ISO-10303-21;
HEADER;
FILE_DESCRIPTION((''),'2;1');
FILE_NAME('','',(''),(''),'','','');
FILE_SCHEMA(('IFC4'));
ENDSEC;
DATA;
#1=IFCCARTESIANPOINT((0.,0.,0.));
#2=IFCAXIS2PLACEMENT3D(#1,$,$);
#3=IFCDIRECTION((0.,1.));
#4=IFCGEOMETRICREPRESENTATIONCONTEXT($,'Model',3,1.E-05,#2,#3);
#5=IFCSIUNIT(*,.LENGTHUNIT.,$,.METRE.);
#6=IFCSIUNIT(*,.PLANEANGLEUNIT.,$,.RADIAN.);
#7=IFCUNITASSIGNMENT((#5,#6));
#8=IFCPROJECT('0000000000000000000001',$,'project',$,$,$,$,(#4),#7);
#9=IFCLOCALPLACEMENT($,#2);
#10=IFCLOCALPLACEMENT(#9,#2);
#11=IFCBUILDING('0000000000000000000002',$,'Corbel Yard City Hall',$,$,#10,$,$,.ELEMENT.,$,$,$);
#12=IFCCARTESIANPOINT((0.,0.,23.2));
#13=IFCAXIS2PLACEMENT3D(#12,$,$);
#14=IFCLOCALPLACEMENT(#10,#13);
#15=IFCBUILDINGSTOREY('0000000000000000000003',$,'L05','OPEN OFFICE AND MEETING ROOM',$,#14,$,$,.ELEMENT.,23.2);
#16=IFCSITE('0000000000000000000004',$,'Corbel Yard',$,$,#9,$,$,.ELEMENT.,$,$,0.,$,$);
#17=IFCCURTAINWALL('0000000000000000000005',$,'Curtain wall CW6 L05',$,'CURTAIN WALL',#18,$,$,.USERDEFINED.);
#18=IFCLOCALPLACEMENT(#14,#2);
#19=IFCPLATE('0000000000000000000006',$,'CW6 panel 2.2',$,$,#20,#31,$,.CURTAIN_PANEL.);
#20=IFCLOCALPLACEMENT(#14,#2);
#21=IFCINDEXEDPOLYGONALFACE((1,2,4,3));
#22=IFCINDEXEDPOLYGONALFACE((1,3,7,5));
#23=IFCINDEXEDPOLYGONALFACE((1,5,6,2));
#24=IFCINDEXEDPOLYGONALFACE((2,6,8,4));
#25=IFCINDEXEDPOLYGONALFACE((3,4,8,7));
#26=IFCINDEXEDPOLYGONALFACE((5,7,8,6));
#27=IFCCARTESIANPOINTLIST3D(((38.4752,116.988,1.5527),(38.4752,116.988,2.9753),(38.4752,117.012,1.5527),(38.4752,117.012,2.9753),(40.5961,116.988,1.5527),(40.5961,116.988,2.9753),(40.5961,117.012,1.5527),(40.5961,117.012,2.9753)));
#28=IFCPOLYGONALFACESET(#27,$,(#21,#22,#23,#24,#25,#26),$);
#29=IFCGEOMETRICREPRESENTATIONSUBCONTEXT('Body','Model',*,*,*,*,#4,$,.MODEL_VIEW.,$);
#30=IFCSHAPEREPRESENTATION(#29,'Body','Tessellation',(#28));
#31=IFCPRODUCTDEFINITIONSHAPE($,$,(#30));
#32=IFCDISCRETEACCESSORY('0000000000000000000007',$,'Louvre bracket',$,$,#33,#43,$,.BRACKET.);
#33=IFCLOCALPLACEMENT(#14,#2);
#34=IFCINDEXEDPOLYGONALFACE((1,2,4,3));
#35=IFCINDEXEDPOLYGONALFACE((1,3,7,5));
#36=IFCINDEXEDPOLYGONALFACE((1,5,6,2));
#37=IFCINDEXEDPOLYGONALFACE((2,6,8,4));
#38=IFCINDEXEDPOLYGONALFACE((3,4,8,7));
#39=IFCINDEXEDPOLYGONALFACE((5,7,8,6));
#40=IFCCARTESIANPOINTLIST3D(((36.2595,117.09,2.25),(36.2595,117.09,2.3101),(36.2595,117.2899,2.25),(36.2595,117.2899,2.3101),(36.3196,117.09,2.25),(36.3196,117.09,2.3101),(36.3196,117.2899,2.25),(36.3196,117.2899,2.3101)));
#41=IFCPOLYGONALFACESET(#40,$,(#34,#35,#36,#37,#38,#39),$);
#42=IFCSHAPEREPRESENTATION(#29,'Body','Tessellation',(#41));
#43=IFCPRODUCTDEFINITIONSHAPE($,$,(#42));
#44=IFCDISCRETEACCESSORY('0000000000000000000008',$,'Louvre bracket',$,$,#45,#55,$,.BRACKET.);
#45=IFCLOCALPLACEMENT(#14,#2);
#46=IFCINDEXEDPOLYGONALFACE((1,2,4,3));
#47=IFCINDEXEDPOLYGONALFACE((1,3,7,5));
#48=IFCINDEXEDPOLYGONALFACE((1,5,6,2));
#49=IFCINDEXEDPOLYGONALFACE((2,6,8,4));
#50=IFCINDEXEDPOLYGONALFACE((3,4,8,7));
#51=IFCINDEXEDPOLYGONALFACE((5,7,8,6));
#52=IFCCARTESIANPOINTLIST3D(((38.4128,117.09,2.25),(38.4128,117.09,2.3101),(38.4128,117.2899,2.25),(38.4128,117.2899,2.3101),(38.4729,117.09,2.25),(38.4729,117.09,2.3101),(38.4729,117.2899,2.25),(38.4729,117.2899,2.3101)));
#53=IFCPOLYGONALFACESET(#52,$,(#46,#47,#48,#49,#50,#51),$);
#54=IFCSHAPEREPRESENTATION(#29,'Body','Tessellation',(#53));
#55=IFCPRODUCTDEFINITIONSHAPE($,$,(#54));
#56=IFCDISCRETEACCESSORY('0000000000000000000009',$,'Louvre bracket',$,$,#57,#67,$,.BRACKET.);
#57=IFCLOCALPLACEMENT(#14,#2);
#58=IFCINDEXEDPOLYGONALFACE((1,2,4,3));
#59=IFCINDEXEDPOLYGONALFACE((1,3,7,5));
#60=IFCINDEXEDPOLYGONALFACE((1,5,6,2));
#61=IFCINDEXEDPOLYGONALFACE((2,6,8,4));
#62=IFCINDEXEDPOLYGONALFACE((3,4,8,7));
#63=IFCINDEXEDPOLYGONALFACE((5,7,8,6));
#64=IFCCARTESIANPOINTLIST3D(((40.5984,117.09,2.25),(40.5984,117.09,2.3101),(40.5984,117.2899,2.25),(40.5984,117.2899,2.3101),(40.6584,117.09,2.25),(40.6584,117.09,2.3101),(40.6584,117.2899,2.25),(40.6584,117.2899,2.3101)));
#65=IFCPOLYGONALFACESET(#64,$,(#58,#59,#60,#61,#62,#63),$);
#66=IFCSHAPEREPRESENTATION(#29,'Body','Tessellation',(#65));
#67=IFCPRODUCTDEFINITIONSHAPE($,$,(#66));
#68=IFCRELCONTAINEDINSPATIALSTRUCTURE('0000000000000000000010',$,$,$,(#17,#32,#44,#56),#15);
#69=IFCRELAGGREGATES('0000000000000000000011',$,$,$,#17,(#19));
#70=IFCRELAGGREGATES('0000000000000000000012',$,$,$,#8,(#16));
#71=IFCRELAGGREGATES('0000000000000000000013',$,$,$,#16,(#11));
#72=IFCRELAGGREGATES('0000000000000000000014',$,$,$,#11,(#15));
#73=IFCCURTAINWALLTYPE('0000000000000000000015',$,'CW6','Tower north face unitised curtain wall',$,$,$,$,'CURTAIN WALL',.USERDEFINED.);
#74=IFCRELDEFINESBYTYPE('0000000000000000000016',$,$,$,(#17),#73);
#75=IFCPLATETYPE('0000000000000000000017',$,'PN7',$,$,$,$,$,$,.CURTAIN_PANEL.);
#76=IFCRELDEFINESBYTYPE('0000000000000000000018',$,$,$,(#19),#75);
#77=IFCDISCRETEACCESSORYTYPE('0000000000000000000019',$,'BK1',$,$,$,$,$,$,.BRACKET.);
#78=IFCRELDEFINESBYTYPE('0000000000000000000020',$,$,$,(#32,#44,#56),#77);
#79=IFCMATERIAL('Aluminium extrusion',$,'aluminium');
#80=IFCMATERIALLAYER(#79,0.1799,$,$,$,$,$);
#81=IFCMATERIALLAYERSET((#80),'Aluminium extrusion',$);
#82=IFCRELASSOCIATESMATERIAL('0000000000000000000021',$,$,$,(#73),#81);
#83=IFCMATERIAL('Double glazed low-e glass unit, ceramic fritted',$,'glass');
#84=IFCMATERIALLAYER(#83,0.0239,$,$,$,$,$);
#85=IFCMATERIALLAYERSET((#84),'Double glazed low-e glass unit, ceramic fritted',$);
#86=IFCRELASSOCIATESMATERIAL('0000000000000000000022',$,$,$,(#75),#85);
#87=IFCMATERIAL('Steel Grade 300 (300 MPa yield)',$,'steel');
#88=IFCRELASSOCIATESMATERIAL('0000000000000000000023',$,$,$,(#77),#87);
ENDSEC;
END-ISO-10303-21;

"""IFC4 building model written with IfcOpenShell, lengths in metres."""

from ifc_helpers import new_model, si_unit, direction, frame, origin, origin_2d, place, context, subcontext, project, spatial, rectangle, extrude, material, layer, layer_set, type_object, element, aggregate, save


model = new_model("IFC4")

# Units and contexts
model_context = context("Model", 3, precision=1e-05, world=origin(), true_north=direction((0.0, 1.0)))
body_context = subcontext(model_context, "Body", "Model", "MODEL_VIEW")
ifc_project = project(units=[si_unit("LENGTHUNIT", "METRE"), si_unit("PLANEANGLEUNIT", "RADIAN")], contexts=[model_context])

# Site, building, storey
site_placement = place(None, origin())
site = spatial("IfcSite", under=ifc_project, at=site_placement, Name="Corbel Yard", CompositionType="ELEMENT", RefElevation=0.0)
building_placement = place(site_placement, origin())
building = spatial("IfcBuilding", under=site, at=building_placement, Name="Corbel Yard City Hall", CompositionType="ELEMENT")
storey_placement = place(building_placement, frame((0.0, 0.0, 23.2)))
storey = spatial("IfcBuildingStorey", under=building, at=storey_placement, Name="L05", Description="OPEN OFFICE AND MEETING ROOM", CompositionType="ELEMENT", Elevation=23.2)

# Curtain wall, plate
ifc_material_1 = material(Name="Aluminium extrusion", Category="aluminium")
ifc_layer_1 = layer(ifc_material_1, 0.1799)
ifc_layer_set_1 = layer_set([ifc_layer_1], Name="Aluminium extrusion")
curtain_wall_type = type_object("IfcCurtainWallType", Name="CW6", Description="Tower north face unitised curtain wall", ElementType="CURTAIN WALL", PredefinedType="USERDEFINED", material=ifc_layer_set_1)
curtain_wall_placement = place(storey_placement, origin())
curtain_wall = element("IfcCurtainWall", 1, at=curtain_wall_placement, inside=storey, type_object=curtain_wall_type, Name="Curtain wall CW6 L05", ObjectType="CURTAIN WALL", PredefinedType="USERDEFINED")
ifc_material_2 = material(Name="Double glazed low-e glass unit, ceramic fritted", Category="glass")
ifc_layer_2 = layer(ifc_material_2, 0.0239)
ifc_layer_set_2 = layer_set([ifc_layer_2], Name="Double glazed low-e glass unit, ceramic fritted")
plate_type = type_object("IfcPlateType", Name="PN7", PredefinedType="CURTAIN_PANEL", material=ifc_layer_set_2)
plate_1_placement = place(storey_placement, frame((39.5356, 117.0, 1.5527), z_axis=(0.0, 0.0, 1.0), x_axis=(1.0, 0.0, 0.0)))
plate_1 = element("IfcPlate", 2, at=plate_1_placement, type_object=plate_type, Name="CW6 panel 2.2", PredefinedType="CURTAIN_PANEL", context=body_context, shape_type="SweptSolid", body=[
    extrude(rectangle(XDim=2.1208, YDim=0.0239, at=origin_2d()), origin(), (0.0, 0.0, 1.0), 1.4226),
])
aggregate(curtain_wall, [plate_1])

# Discrete accessories
ifc_material_3 = material(Name="Steel Grade 300 (300 MPa yield)", Category="steel")
discrete_accessory_type = type_object("IfcDiscreteAccessoryType", Name="BK1", PredefinedType="BRACKET", material=ifc_material_3)
for number, where, z_axis, x_axis, name in (
    (3, (36.2896, 117.1899, 2.25), (0.0, 0.0, 1.0), (1.0, 0.0, 0.0), "Louvre bracket"),
    (4, (38.4429, 117.1899, 2.25), (0.0, 0.0, 1.0), (1.0, 0.0, 0.0), "Louvre bracket"),
    (5, (40.6284, 117.1899, 2.25), (0.0, 0.0, 1.0), (1.0, 0.0, 0.0), "Louvre bracket"),
):
    element("IfcDiscreteAccessory", number, at=place(storey_placement, frame(where, z_axis=z_axis, x_axis=x_axis)), inside=storey, type_object=discrete_accessory_type, Name=name, PredefinedType="BRACKET", context=body_context, shape_type="SweptSolid", body=[
        extrude(rectangle(XDim=0.0601, YDim=0.2, at=origin_2d()), origin(), (0.0, 0.0, 1.0), 0.0601),
    ])

save(model, "model.ifc")
